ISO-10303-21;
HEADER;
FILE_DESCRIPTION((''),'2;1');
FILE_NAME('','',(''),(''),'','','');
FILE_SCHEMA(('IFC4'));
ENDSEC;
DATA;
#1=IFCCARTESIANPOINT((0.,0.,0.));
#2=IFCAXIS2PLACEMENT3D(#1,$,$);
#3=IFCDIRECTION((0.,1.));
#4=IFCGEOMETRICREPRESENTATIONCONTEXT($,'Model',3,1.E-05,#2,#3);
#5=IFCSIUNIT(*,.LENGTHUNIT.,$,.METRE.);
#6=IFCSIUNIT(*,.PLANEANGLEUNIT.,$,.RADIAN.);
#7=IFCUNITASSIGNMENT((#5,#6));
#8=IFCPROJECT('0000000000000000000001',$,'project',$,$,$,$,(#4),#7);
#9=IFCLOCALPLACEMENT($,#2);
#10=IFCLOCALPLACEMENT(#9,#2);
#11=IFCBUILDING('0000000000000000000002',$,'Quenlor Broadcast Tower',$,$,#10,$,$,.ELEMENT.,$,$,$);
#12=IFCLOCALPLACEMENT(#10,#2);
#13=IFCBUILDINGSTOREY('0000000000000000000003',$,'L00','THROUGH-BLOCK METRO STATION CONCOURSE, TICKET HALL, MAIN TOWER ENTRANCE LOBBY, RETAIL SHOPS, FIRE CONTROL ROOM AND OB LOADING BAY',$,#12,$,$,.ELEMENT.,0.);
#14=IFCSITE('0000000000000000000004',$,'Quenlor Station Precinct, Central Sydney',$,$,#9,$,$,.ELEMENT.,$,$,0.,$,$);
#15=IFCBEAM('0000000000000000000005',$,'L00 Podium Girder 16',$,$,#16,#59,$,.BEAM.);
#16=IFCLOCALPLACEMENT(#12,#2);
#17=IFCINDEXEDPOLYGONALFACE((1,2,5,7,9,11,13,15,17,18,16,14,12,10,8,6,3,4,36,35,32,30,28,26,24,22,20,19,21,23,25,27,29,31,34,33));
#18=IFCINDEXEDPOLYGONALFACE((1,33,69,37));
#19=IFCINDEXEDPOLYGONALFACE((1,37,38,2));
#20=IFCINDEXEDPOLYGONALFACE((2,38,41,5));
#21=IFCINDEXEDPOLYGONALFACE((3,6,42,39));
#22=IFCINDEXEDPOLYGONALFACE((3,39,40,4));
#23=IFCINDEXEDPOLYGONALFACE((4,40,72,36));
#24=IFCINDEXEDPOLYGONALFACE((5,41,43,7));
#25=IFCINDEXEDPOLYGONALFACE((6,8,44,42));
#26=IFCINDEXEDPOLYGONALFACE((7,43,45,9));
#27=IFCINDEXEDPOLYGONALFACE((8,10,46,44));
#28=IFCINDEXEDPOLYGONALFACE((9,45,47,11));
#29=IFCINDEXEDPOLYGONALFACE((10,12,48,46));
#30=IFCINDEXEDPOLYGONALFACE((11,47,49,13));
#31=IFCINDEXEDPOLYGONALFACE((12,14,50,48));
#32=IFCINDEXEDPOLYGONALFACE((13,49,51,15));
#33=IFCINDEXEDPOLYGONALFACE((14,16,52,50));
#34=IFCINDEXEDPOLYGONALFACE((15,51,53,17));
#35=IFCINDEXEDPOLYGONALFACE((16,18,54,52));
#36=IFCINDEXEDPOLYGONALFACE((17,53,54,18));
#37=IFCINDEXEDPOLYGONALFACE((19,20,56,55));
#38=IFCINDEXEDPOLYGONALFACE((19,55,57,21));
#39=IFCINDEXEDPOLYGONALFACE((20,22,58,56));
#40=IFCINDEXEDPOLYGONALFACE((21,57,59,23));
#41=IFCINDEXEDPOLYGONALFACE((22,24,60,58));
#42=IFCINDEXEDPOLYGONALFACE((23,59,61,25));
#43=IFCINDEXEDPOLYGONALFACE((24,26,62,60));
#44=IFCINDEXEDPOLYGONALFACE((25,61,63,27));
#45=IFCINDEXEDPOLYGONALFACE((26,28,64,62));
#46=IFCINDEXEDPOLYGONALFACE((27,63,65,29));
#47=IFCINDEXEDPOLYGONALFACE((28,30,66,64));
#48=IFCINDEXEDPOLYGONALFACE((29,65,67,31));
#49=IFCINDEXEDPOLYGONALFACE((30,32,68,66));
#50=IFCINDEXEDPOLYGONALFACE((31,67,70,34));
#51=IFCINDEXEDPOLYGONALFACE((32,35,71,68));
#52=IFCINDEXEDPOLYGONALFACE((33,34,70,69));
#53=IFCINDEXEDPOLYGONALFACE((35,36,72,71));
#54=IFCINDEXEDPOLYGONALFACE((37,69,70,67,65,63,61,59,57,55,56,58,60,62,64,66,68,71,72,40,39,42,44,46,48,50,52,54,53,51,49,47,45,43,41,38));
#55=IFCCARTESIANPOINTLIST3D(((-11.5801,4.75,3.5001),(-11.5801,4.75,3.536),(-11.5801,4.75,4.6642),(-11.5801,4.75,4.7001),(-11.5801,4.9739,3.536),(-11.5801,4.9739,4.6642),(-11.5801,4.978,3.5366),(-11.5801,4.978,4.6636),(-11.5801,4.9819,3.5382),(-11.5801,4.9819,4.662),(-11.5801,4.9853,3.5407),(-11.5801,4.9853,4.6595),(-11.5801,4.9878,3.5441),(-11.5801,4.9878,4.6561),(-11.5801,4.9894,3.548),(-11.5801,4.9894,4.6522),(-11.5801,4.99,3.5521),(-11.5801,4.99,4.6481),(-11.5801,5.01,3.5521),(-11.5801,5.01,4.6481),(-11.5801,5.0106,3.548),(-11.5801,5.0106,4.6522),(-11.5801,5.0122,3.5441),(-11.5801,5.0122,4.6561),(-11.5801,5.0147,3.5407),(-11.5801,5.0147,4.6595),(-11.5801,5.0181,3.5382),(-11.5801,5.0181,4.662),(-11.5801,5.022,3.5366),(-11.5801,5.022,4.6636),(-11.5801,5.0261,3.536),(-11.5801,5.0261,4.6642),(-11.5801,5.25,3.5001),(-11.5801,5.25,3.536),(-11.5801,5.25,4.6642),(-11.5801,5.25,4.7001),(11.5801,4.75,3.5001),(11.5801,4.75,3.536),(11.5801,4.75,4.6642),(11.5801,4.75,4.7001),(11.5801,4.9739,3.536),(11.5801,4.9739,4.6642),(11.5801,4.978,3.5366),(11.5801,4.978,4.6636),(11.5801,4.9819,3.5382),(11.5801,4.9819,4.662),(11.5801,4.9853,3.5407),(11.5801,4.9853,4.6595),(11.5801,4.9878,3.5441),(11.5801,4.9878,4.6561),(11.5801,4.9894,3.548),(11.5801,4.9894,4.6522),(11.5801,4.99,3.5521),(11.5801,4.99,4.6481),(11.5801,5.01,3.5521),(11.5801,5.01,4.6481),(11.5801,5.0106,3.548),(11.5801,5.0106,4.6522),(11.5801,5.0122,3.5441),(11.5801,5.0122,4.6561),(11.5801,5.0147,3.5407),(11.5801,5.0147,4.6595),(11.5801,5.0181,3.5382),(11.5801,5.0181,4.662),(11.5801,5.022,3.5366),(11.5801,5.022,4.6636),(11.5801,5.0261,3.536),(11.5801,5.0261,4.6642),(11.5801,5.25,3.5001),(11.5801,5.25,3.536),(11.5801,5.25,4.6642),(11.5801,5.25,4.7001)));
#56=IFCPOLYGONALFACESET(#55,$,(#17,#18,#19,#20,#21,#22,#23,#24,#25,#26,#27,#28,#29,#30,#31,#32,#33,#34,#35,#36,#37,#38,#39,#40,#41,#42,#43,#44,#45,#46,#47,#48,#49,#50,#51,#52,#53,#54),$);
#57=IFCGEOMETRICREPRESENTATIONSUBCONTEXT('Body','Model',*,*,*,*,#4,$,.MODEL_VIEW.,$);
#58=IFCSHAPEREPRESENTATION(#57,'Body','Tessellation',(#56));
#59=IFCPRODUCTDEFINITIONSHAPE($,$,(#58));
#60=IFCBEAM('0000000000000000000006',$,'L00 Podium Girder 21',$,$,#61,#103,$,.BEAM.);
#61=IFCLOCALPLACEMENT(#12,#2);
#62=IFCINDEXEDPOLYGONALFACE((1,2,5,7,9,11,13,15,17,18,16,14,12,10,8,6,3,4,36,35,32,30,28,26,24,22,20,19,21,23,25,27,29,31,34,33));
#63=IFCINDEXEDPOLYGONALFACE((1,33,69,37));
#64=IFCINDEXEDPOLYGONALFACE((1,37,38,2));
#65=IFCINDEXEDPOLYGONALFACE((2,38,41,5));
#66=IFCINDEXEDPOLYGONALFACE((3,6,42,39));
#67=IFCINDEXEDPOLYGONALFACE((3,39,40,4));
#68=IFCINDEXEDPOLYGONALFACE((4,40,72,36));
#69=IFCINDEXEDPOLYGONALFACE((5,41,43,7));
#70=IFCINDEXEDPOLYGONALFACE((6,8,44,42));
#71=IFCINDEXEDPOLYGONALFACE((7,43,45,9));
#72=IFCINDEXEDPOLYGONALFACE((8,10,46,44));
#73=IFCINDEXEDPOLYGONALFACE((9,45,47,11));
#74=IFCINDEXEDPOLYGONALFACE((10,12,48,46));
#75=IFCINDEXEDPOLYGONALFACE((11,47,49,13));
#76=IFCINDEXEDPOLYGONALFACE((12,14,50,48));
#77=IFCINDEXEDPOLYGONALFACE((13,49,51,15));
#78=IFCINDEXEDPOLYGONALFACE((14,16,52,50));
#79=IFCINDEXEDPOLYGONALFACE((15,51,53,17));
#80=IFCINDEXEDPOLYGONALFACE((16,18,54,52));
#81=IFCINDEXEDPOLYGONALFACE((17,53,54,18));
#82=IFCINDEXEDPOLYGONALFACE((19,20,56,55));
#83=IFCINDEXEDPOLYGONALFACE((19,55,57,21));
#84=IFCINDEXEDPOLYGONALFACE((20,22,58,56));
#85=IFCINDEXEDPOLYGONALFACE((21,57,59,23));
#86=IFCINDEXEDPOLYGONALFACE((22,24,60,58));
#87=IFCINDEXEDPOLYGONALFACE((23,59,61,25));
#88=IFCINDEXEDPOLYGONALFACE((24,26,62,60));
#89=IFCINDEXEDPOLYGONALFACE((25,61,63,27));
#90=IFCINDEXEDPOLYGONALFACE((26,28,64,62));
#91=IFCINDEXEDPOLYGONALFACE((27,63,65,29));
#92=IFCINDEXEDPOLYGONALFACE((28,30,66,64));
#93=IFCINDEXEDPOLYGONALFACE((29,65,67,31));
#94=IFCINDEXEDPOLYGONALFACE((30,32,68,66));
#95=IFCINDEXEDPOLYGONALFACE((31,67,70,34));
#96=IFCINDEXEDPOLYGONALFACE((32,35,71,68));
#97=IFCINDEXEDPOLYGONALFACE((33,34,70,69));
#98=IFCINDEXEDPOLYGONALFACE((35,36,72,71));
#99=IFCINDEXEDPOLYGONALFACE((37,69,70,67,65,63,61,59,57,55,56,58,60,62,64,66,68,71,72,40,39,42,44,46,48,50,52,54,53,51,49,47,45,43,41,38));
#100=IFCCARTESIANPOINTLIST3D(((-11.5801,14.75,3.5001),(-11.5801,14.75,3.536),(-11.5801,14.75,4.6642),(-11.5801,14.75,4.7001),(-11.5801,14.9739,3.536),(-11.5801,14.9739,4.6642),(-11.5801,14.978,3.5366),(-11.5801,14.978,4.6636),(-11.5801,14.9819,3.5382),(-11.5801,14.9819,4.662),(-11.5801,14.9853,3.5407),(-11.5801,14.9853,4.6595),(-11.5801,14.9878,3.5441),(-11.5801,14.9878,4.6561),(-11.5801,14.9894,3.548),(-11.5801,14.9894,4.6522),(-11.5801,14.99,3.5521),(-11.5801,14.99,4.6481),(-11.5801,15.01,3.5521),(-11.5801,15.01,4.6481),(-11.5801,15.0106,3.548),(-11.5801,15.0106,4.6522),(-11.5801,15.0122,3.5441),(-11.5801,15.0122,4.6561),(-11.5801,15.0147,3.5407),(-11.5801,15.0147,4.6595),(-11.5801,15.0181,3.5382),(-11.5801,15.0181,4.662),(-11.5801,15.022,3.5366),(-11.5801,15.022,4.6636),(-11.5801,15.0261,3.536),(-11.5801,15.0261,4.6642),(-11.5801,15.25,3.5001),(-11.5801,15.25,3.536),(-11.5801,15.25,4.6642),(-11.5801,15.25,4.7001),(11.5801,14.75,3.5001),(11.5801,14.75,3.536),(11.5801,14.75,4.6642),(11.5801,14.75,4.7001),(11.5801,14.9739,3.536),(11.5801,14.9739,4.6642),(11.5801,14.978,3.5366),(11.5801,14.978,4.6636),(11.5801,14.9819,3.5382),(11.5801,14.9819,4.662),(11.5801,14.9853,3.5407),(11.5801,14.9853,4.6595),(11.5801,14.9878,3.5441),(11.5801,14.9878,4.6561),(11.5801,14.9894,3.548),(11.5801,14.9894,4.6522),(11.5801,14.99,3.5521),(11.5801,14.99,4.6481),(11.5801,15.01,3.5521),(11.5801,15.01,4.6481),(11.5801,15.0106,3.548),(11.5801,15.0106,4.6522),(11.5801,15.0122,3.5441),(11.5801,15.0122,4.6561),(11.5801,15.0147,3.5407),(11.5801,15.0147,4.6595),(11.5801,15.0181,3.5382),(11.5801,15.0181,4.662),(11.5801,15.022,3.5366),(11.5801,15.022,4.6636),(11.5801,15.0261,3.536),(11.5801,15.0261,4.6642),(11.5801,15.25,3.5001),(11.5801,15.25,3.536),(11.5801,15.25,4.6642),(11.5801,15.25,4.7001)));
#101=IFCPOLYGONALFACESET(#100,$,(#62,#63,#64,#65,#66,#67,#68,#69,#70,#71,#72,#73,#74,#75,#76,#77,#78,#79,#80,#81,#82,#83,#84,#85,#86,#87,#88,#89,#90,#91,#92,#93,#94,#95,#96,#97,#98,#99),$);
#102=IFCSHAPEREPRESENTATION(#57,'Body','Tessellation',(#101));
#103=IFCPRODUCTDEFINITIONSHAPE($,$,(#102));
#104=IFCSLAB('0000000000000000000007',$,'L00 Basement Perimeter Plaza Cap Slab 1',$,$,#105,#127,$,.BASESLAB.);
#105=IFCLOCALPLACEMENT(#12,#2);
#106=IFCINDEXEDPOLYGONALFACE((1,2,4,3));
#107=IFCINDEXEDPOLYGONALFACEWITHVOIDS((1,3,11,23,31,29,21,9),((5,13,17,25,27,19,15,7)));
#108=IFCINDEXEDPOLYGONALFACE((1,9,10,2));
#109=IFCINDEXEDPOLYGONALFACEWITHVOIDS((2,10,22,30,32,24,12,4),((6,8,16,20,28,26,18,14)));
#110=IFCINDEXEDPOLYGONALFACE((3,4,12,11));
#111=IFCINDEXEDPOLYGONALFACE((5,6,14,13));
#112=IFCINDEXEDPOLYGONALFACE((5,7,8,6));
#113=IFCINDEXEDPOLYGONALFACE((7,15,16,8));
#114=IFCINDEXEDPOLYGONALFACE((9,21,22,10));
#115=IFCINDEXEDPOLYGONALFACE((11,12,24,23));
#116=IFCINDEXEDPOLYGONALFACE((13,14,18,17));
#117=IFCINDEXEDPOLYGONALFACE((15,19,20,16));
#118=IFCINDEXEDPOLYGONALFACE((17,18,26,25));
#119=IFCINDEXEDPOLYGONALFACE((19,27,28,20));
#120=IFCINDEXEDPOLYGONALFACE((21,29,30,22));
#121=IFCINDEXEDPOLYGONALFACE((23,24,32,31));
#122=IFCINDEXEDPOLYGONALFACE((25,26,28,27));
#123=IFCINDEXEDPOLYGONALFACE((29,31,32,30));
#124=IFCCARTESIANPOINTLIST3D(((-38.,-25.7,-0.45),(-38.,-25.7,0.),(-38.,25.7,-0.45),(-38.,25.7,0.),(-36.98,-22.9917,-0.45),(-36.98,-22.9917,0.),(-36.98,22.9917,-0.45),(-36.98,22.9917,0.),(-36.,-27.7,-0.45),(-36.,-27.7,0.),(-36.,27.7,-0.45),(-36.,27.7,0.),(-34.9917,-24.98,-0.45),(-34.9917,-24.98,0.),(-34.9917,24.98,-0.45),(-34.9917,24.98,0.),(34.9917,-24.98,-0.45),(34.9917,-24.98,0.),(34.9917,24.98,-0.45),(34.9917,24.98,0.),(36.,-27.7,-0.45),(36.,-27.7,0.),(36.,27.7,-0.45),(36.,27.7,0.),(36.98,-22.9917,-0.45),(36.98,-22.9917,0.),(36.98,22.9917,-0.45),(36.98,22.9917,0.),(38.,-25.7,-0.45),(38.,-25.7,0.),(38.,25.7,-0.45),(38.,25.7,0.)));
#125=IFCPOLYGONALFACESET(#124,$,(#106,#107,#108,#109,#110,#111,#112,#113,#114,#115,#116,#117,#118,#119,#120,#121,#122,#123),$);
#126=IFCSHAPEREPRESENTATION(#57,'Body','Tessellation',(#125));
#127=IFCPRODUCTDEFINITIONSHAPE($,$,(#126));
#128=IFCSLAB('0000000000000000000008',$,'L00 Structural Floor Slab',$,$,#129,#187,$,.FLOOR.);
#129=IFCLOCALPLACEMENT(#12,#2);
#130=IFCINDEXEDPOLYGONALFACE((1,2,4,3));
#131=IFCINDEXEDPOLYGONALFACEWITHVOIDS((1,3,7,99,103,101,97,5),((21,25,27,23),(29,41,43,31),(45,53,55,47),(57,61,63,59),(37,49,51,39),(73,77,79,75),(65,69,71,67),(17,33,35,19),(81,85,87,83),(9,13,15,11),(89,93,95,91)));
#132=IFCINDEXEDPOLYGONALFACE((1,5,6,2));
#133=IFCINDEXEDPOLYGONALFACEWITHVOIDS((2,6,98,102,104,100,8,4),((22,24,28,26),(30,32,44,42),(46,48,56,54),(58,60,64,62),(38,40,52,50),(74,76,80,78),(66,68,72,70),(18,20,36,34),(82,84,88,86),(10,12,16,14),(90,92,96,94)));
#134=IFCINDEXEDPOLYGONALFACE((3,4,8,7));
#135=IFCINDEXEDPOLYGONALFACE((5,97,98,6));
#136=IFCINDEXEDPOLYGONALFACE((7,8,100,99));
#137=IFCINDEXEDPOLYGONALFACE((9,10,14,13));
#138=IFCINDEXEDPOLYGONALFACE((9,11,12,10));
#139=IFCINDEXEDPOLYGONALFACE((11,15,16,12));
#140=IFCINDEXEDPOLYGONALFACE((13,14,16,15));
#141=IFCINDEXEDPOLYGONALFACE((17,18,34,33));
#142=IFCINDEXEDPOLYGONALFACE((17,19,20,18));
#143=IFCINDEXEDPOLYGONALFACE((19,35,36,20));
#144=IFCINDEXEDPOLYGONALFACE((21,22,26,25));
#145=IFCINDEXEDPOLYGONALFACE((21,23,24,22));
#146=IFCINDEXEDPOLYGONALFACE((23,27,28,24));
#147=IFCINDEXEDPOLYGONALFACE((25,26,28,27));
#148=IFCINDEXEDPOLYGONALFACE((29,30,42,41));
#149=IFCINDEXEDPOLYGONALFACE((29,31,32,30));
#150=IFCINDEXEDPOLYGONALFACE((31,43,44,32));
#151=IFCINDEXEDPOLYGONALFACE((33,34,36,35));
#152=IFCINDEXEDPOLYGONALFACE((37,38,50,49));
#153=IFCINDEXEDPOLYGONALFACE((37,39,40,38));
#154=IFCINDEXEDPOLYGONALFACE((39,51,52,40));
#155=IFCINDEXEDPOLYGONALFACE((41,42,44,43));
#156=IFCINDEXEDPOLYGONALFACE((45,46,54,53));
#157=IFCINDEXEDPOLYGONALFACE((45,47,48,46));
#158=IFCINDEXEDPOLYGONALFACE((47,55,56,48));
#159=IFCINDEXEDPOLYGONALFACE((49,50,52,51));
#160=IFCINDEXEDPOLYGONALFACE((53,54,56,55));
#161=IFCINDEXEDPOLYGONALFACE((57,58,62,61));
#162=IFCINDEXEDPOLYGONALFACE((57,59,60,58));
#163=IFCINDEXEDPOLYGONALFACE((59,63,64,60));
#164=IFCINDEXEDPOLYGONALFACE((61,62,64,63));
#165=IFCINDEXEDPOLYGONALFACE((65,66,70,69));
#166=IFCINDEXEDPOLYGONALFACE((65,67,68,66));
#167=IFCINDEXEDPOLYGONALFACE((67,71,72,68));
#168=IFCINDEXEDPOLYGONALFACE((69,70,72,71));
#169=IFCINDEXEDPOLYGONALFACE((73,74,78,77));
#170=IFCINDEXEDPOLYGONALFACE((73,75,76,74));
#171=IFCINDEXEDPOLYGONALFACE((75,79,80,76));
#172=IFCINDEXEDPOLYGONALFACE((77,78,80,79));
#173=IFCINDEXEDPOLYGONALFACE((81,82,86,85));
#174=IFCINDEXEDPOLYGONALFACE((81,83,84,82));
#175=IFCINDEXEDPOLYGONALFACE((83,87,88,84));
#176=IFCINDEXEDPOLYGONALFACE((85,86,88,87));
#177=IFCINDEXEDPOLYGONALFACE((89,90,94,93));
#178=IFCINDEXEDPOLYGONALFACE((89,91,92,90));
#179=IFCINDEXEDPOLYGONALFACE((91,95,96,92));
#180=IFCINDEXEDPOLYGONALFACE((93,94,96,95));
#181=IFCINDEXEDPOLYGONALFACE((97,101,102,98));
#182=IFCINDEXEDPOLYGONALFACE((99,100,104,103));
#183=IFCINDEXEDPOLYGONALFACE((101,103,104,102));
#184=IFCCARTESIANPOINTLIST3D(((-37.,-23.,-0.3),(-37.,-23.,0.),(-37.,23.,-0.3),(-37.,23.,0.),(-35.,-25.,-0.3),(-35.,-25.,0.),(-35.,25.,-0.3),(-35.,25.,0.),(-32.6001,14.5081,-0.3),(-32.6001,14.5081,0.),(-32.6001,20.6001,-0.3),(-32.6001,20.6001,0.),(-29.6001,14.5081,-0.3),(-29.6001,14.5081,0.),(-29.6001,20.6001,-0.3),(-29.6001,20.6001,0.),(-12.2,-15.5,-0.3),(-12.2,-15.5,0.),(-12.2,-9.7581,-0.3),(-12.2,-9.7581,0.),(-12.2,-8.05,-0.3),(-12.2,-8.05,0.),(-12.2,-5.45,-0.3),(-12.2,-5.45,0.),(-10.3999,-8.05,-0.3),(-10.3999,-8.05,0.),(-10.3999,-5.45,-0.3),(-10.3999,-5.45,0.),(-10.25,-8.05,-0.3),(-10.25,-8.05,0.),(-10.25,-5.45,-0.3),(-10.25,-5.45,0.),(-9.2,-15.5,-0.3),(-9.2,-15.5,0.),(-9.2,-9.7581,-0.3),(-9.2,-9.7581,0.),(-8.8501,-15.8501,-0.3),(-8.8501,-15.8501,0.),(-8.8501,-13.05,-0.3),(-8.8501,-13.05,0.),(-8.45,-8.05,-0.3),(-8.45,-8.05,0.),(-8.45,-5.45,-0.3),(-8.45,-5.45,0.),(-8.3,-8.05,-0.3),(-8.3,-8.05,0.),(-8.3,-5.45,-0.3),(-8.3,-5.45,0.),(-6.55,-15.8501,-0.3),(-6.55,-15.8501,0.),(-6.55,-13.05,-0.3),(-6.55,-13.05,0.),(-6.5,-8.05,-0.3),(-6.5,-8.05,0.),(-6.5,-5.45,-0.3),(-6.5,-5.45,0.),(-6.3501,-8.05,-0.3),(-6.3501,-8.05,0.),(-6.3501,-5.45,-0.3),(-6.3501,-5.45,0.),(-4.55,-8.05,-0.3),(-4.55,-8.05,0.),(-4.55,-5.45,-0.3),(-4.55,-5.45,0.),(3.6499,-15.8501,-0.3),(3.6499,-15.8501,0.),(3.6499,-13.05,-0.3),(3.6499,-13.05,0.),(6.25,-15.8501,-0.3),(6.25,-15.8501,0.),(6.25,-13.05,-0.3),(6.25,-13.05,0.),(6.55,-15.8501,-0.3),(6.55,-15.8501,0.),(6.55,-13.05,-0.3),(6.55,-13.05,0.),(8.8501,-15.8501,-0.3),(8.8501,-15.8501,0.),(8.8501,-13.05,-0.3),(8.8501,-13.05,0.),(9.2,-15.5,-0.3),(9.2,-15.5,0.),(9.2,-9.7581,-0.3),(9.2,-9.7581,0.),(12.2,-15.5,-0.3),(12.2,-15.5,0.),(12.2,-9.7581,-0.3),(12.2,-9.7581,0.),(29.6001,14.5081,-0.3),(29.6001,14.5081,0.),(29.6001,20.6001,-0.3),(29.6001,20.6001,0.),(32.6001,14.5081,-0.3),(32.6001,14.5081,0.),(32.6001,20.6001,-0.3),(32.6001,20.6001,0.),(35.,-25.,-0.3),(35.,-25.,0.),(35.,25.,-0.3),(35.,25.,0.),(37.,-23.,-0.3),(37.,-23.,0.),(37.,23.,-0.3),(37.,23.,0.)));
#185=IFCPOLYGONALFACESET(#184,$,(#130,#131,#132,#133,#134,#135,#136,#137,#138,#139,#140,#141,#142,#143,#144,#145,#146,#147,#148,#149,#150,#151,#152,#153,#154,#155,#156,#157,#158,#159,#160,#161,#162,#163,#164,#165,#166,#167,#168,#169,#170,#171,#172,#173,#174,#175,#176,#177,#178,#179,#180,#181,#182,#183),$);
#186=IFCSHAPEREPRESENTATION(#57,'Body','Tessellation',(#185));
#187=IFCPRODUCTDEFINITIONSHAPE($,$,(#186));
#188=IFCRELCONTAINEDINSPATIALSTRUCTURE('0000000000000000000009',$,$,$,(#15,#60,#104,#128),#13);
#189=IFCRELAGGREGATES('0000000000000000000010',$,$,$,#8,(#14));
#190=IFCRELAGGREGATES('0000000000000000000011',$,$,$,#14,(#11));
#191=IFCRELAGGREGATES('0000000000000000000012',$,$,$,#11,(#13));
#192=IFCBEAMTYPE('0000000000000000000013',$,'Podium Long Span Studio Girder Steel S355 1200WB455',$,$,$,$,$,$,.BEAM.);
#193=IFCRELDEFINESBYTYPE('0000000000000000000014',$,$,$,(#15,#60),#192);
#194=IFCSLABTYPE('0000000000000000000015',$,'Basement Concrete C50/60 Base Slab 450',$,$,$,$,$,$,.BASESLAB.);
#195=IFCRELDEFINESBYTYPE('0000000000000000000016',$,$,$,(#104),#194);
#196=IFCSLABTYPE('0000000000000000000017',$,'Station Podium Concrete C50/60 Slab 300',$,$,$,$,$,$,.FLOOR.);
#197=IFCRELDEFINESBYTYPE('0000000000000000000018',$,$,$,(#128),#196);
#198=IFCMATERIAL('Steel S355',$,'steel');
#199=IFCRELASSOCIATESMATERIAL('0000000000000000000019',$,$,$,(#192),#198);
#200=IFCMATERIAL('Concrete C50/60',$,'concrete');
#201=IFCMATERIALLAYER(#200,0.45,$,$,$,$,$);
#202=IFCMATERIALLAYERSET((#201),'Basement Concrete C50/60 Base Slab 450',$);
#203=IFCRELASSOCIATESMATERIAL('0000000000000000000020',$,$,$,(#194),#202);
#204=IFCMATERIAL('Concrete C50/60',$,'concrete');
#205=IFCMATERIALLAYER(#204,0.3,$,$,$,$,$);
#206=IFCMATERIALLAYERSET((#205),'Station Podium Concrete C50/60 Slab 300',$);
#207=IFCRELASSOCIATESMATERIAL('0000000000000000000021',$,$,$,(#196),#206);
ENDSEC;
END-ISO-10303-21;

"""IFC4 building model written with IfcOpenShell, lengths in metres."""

from ifc_helpers import new_model, si_unit, direction, frame, origin, origin_2d, place, context, subcontext, project, spatial, polyline, i_section, outline, extrude, material, layer, layer_set, material_profile, profile_set, type_object, element, save


model = new_model("IFC4")

# Units and contexts
model_context = context("Model", 3, precision=1e-05, world=origin(), true_north=direction((0.0, 1.0)))
body_context = subcontext(model_context, "Body", "Model", "MODEL_VIEW")
ifc_project = project(units=[si_unit("LENGTHUNIT", "METRE"), si_unit("PLANEANGLEUNIT", "RADIAN")], contexts=[model_context])

# Site, building, storey
site_placement = place(None, origin())
site = spatial("IfcSite", under=ifc_project, at=site_placement, Name="Quenlor Station Precinct, Central Sydney", CompositionType="ELEMENT", RefElevation=0.0)
building_placement = place(site_placement, origin())
building = spatial("IfcBuilding", under=site, at=building_placement, Name="Quenlor Broadcast Tower", CompositionType="ELEMENT")
storey_placement = place(building_placement, origin())
storey = spatial("IfcBuildingStorey", under=building, at=storey_placement, Name="L00", Description="THROUGH-BLOCK METRO STATION CONCOURSE, TICKET HALL, MAIN TOWER ENTRANCE LOBBY, RETAIL SHOPS, FIRE CONTROL ROOM AND OB LOADING BAY", CompositionType="ELEMENT", Elevation=0.0)

# Beams
ifc_material_1 = material(Name="Steel S355", Category="steel")
ifc_material_profile_1 = material_profile(ifc_material_1, i_section(OverallWidth=0.5, OverallDepth=1.2, WebThickness=0.02, FlangeThickness=0.0359, FilletRadius=0.0161, at=origin_2d()))
ifc_profile_set_1 = profile_set([ifc_material_profile_1], Name="Steel S355 1200WB455")
beam_type_1 = type_object("IfcBeamType", Name="Podium Long Span Studio Girder Steel S355 1200WB455", PredefinedType="BEAM", material=ifc_profile_set_1)
for number, where, z_axis, x_axis, name in (
    (1, (-11.5801, 5.0, 4.1001), (1.0, 0.0, 0.0), (0.0, 1.0, 0.0), "L00 Podium Girder 16"),
    (2, (-11.5801, 15.0, 4.1001), (1.0, 0.0, 0.0), (0.0, 1.0, 0.0), "L00 Podium Girder 21"),
):
    element("IfcBeam", number, at=place(storey_placement, frame(where, z_axis=z_axis, x_axis=x_axis)), inside=storey, type_object=beam_type_1, Name=name, PredefinedType="BEAM", context=body_context, shape_type="SweptSolid", body=[
        extrude(i_section(OverallWidth=0.5, OverallDepth=1.2, WebThickness=0.02, FlangeThickness=0.0359, FilletRadius=0.0161, at=origin_2d()), origin(), (0.0, 0.0, 1.0), 23.1602),
    ])

# Slabs
ifc_material_2 = material(Name="Concrete C50/60", Category="concrete")
ifc_layer_1 = layer(ifc_material_2, 0.45)
ifc_layer_set_1 = layer_set([ifc_layer_1], Name="Basement Concrete C50/60 Base Slab 450")
slab_type_1 = type_object("IfcSlabType", Name="Basement Concrete C50/60 Base Slab 450", PredefinedType="BASESLAB", material=ifc_layer_set_1)
slab_1_placement = place(storey_placement, frame((0.0, 0.0, -0.45)))
element("IfcSlab", 3, at=slab_1_placement, inside=storey, type_object=slab_type_1, Name="L00 Basement Perimeter Plaza Cap Slab 1", PredefinedType="BASESLAB", context=body_context, shape_type="SweptSolid", body=[
    extrude(outline(polyline([(-38.0, -25.7), (-38.0, 25.7), (-36.0, 27.7), (36.0, 27.7), (38.0, 25.7), (38.0, -25.7), (36.0, -27.7), (-36.0, -27.7), (-38.0, -25.7)]), holes=[polyline([(34.9917, -24.98), (36.98, -22.9917), (36.98, 22.9917), (34.9917, 24.98), (-34.9917, 24.98), (-36.98, 22.9917), (-36.98, -22.9917), (-34.9917, -24.98), (34.9917, -24.98)])]), origin(), (0.0, 0.0, 1.0), 0.45),
])
ifc_material_3 = material(Name="Concrete C50/60", Category="concrete")
ifc_layer_2 = layer(ifc_material_3, 0.3)
ifc_layer_set_2 = layer_set([ifc_layer_2], Name="Station Podium Concrete C50/60 Slab 300")
slab_type_2 = type_object("IfcSlabType", Name="Station Podium Concrete C50/60 Slab 300", PredefinedType="FLOOR", material=ifc_layer_set_2)
slab_2_placement = place(storey_placement, frame((0.0, 0.0, -0.3)))
element("IfcSlab", 4, at=slab_2_placement, inside=storey, type_object=slab_type_2, Name="L00 Structural Floor Slab", PredefinedType="FLOOR", context=body_context, shape_type="SweptSolid", body=[
    extrude(outline(polyline([(-35.0, -25.0), (35.0, -25.0), (37.0, -23.0), (37.0, 23.0), (35.0, 25.0), (-35.0, 25.0), (-37.0, 23.0), (-37.0, -23.0), (-35.0, -25.0)]), holes=[polyline([(-12.2, -9.7581), (-12.2, -15.5), (-9.2, -15.5), (-9.2, -9.7581), (-12.2, -9.7581)]), polyline([(9.2, -9.7581), (9.2, -15.5), (12.2, -15.5), (12.2, -9.7581), (9.2, -9.7581)]), polyline([(-29.6001, 14.5081), (-29.6001, 20.6001), (-32.6001, 20.6001), (-32.6001, 14.5081), (-29.6001, 14.5081)]), polyline([(32.6001, 14.5081), (32.6001, 20.6001), (29.6001, 20.6001), (29.6001, 14.5081), (32.6001, 14.5081)]), polyline([(-12.2, -8.05), (-10.3999, -8.05), (-10.3999, -5.45), (-12.2, -5.45), (-12.2, -8.05)]), polyline([(-10.25, -8.05), (-8.45, -8.05), (-8.45, -5.45), (-10.25, -5.45), (-10.25, -8.05)]), polyline([(-8.3, -8.05), (-6.5, -8.05), (-6.5, -5.45), (-8.3, -5.45), (-8.3, -8.05)]), polyline([(-6.3501, -8.05), (-4.55, -8.05), (-4.55, -5.45), (-6.3501, -5.45), (-6.3501, -8.05)]), polyline([(-8.8501, -15.8501), (-6.55, -15.8501), (-6.55, -13.05), (-8.8501, -13.05), (-8.8501, -15.8501)]), polyline([(6.55, -15.8501), (8.8501, -15.8501), (8.8501, -13.05), (6.55, -13.05), (6.55, -15.8501)]), polyline([(3.6499, -15.8501), (6.25, -15.8501), (6.25, -13.05), (3.6499, -13.05), (3.6499, -15.8501)])]), origin(), (0.0, 0.0, 1.0), 0.3),
])

save(model, "model.ifc")
